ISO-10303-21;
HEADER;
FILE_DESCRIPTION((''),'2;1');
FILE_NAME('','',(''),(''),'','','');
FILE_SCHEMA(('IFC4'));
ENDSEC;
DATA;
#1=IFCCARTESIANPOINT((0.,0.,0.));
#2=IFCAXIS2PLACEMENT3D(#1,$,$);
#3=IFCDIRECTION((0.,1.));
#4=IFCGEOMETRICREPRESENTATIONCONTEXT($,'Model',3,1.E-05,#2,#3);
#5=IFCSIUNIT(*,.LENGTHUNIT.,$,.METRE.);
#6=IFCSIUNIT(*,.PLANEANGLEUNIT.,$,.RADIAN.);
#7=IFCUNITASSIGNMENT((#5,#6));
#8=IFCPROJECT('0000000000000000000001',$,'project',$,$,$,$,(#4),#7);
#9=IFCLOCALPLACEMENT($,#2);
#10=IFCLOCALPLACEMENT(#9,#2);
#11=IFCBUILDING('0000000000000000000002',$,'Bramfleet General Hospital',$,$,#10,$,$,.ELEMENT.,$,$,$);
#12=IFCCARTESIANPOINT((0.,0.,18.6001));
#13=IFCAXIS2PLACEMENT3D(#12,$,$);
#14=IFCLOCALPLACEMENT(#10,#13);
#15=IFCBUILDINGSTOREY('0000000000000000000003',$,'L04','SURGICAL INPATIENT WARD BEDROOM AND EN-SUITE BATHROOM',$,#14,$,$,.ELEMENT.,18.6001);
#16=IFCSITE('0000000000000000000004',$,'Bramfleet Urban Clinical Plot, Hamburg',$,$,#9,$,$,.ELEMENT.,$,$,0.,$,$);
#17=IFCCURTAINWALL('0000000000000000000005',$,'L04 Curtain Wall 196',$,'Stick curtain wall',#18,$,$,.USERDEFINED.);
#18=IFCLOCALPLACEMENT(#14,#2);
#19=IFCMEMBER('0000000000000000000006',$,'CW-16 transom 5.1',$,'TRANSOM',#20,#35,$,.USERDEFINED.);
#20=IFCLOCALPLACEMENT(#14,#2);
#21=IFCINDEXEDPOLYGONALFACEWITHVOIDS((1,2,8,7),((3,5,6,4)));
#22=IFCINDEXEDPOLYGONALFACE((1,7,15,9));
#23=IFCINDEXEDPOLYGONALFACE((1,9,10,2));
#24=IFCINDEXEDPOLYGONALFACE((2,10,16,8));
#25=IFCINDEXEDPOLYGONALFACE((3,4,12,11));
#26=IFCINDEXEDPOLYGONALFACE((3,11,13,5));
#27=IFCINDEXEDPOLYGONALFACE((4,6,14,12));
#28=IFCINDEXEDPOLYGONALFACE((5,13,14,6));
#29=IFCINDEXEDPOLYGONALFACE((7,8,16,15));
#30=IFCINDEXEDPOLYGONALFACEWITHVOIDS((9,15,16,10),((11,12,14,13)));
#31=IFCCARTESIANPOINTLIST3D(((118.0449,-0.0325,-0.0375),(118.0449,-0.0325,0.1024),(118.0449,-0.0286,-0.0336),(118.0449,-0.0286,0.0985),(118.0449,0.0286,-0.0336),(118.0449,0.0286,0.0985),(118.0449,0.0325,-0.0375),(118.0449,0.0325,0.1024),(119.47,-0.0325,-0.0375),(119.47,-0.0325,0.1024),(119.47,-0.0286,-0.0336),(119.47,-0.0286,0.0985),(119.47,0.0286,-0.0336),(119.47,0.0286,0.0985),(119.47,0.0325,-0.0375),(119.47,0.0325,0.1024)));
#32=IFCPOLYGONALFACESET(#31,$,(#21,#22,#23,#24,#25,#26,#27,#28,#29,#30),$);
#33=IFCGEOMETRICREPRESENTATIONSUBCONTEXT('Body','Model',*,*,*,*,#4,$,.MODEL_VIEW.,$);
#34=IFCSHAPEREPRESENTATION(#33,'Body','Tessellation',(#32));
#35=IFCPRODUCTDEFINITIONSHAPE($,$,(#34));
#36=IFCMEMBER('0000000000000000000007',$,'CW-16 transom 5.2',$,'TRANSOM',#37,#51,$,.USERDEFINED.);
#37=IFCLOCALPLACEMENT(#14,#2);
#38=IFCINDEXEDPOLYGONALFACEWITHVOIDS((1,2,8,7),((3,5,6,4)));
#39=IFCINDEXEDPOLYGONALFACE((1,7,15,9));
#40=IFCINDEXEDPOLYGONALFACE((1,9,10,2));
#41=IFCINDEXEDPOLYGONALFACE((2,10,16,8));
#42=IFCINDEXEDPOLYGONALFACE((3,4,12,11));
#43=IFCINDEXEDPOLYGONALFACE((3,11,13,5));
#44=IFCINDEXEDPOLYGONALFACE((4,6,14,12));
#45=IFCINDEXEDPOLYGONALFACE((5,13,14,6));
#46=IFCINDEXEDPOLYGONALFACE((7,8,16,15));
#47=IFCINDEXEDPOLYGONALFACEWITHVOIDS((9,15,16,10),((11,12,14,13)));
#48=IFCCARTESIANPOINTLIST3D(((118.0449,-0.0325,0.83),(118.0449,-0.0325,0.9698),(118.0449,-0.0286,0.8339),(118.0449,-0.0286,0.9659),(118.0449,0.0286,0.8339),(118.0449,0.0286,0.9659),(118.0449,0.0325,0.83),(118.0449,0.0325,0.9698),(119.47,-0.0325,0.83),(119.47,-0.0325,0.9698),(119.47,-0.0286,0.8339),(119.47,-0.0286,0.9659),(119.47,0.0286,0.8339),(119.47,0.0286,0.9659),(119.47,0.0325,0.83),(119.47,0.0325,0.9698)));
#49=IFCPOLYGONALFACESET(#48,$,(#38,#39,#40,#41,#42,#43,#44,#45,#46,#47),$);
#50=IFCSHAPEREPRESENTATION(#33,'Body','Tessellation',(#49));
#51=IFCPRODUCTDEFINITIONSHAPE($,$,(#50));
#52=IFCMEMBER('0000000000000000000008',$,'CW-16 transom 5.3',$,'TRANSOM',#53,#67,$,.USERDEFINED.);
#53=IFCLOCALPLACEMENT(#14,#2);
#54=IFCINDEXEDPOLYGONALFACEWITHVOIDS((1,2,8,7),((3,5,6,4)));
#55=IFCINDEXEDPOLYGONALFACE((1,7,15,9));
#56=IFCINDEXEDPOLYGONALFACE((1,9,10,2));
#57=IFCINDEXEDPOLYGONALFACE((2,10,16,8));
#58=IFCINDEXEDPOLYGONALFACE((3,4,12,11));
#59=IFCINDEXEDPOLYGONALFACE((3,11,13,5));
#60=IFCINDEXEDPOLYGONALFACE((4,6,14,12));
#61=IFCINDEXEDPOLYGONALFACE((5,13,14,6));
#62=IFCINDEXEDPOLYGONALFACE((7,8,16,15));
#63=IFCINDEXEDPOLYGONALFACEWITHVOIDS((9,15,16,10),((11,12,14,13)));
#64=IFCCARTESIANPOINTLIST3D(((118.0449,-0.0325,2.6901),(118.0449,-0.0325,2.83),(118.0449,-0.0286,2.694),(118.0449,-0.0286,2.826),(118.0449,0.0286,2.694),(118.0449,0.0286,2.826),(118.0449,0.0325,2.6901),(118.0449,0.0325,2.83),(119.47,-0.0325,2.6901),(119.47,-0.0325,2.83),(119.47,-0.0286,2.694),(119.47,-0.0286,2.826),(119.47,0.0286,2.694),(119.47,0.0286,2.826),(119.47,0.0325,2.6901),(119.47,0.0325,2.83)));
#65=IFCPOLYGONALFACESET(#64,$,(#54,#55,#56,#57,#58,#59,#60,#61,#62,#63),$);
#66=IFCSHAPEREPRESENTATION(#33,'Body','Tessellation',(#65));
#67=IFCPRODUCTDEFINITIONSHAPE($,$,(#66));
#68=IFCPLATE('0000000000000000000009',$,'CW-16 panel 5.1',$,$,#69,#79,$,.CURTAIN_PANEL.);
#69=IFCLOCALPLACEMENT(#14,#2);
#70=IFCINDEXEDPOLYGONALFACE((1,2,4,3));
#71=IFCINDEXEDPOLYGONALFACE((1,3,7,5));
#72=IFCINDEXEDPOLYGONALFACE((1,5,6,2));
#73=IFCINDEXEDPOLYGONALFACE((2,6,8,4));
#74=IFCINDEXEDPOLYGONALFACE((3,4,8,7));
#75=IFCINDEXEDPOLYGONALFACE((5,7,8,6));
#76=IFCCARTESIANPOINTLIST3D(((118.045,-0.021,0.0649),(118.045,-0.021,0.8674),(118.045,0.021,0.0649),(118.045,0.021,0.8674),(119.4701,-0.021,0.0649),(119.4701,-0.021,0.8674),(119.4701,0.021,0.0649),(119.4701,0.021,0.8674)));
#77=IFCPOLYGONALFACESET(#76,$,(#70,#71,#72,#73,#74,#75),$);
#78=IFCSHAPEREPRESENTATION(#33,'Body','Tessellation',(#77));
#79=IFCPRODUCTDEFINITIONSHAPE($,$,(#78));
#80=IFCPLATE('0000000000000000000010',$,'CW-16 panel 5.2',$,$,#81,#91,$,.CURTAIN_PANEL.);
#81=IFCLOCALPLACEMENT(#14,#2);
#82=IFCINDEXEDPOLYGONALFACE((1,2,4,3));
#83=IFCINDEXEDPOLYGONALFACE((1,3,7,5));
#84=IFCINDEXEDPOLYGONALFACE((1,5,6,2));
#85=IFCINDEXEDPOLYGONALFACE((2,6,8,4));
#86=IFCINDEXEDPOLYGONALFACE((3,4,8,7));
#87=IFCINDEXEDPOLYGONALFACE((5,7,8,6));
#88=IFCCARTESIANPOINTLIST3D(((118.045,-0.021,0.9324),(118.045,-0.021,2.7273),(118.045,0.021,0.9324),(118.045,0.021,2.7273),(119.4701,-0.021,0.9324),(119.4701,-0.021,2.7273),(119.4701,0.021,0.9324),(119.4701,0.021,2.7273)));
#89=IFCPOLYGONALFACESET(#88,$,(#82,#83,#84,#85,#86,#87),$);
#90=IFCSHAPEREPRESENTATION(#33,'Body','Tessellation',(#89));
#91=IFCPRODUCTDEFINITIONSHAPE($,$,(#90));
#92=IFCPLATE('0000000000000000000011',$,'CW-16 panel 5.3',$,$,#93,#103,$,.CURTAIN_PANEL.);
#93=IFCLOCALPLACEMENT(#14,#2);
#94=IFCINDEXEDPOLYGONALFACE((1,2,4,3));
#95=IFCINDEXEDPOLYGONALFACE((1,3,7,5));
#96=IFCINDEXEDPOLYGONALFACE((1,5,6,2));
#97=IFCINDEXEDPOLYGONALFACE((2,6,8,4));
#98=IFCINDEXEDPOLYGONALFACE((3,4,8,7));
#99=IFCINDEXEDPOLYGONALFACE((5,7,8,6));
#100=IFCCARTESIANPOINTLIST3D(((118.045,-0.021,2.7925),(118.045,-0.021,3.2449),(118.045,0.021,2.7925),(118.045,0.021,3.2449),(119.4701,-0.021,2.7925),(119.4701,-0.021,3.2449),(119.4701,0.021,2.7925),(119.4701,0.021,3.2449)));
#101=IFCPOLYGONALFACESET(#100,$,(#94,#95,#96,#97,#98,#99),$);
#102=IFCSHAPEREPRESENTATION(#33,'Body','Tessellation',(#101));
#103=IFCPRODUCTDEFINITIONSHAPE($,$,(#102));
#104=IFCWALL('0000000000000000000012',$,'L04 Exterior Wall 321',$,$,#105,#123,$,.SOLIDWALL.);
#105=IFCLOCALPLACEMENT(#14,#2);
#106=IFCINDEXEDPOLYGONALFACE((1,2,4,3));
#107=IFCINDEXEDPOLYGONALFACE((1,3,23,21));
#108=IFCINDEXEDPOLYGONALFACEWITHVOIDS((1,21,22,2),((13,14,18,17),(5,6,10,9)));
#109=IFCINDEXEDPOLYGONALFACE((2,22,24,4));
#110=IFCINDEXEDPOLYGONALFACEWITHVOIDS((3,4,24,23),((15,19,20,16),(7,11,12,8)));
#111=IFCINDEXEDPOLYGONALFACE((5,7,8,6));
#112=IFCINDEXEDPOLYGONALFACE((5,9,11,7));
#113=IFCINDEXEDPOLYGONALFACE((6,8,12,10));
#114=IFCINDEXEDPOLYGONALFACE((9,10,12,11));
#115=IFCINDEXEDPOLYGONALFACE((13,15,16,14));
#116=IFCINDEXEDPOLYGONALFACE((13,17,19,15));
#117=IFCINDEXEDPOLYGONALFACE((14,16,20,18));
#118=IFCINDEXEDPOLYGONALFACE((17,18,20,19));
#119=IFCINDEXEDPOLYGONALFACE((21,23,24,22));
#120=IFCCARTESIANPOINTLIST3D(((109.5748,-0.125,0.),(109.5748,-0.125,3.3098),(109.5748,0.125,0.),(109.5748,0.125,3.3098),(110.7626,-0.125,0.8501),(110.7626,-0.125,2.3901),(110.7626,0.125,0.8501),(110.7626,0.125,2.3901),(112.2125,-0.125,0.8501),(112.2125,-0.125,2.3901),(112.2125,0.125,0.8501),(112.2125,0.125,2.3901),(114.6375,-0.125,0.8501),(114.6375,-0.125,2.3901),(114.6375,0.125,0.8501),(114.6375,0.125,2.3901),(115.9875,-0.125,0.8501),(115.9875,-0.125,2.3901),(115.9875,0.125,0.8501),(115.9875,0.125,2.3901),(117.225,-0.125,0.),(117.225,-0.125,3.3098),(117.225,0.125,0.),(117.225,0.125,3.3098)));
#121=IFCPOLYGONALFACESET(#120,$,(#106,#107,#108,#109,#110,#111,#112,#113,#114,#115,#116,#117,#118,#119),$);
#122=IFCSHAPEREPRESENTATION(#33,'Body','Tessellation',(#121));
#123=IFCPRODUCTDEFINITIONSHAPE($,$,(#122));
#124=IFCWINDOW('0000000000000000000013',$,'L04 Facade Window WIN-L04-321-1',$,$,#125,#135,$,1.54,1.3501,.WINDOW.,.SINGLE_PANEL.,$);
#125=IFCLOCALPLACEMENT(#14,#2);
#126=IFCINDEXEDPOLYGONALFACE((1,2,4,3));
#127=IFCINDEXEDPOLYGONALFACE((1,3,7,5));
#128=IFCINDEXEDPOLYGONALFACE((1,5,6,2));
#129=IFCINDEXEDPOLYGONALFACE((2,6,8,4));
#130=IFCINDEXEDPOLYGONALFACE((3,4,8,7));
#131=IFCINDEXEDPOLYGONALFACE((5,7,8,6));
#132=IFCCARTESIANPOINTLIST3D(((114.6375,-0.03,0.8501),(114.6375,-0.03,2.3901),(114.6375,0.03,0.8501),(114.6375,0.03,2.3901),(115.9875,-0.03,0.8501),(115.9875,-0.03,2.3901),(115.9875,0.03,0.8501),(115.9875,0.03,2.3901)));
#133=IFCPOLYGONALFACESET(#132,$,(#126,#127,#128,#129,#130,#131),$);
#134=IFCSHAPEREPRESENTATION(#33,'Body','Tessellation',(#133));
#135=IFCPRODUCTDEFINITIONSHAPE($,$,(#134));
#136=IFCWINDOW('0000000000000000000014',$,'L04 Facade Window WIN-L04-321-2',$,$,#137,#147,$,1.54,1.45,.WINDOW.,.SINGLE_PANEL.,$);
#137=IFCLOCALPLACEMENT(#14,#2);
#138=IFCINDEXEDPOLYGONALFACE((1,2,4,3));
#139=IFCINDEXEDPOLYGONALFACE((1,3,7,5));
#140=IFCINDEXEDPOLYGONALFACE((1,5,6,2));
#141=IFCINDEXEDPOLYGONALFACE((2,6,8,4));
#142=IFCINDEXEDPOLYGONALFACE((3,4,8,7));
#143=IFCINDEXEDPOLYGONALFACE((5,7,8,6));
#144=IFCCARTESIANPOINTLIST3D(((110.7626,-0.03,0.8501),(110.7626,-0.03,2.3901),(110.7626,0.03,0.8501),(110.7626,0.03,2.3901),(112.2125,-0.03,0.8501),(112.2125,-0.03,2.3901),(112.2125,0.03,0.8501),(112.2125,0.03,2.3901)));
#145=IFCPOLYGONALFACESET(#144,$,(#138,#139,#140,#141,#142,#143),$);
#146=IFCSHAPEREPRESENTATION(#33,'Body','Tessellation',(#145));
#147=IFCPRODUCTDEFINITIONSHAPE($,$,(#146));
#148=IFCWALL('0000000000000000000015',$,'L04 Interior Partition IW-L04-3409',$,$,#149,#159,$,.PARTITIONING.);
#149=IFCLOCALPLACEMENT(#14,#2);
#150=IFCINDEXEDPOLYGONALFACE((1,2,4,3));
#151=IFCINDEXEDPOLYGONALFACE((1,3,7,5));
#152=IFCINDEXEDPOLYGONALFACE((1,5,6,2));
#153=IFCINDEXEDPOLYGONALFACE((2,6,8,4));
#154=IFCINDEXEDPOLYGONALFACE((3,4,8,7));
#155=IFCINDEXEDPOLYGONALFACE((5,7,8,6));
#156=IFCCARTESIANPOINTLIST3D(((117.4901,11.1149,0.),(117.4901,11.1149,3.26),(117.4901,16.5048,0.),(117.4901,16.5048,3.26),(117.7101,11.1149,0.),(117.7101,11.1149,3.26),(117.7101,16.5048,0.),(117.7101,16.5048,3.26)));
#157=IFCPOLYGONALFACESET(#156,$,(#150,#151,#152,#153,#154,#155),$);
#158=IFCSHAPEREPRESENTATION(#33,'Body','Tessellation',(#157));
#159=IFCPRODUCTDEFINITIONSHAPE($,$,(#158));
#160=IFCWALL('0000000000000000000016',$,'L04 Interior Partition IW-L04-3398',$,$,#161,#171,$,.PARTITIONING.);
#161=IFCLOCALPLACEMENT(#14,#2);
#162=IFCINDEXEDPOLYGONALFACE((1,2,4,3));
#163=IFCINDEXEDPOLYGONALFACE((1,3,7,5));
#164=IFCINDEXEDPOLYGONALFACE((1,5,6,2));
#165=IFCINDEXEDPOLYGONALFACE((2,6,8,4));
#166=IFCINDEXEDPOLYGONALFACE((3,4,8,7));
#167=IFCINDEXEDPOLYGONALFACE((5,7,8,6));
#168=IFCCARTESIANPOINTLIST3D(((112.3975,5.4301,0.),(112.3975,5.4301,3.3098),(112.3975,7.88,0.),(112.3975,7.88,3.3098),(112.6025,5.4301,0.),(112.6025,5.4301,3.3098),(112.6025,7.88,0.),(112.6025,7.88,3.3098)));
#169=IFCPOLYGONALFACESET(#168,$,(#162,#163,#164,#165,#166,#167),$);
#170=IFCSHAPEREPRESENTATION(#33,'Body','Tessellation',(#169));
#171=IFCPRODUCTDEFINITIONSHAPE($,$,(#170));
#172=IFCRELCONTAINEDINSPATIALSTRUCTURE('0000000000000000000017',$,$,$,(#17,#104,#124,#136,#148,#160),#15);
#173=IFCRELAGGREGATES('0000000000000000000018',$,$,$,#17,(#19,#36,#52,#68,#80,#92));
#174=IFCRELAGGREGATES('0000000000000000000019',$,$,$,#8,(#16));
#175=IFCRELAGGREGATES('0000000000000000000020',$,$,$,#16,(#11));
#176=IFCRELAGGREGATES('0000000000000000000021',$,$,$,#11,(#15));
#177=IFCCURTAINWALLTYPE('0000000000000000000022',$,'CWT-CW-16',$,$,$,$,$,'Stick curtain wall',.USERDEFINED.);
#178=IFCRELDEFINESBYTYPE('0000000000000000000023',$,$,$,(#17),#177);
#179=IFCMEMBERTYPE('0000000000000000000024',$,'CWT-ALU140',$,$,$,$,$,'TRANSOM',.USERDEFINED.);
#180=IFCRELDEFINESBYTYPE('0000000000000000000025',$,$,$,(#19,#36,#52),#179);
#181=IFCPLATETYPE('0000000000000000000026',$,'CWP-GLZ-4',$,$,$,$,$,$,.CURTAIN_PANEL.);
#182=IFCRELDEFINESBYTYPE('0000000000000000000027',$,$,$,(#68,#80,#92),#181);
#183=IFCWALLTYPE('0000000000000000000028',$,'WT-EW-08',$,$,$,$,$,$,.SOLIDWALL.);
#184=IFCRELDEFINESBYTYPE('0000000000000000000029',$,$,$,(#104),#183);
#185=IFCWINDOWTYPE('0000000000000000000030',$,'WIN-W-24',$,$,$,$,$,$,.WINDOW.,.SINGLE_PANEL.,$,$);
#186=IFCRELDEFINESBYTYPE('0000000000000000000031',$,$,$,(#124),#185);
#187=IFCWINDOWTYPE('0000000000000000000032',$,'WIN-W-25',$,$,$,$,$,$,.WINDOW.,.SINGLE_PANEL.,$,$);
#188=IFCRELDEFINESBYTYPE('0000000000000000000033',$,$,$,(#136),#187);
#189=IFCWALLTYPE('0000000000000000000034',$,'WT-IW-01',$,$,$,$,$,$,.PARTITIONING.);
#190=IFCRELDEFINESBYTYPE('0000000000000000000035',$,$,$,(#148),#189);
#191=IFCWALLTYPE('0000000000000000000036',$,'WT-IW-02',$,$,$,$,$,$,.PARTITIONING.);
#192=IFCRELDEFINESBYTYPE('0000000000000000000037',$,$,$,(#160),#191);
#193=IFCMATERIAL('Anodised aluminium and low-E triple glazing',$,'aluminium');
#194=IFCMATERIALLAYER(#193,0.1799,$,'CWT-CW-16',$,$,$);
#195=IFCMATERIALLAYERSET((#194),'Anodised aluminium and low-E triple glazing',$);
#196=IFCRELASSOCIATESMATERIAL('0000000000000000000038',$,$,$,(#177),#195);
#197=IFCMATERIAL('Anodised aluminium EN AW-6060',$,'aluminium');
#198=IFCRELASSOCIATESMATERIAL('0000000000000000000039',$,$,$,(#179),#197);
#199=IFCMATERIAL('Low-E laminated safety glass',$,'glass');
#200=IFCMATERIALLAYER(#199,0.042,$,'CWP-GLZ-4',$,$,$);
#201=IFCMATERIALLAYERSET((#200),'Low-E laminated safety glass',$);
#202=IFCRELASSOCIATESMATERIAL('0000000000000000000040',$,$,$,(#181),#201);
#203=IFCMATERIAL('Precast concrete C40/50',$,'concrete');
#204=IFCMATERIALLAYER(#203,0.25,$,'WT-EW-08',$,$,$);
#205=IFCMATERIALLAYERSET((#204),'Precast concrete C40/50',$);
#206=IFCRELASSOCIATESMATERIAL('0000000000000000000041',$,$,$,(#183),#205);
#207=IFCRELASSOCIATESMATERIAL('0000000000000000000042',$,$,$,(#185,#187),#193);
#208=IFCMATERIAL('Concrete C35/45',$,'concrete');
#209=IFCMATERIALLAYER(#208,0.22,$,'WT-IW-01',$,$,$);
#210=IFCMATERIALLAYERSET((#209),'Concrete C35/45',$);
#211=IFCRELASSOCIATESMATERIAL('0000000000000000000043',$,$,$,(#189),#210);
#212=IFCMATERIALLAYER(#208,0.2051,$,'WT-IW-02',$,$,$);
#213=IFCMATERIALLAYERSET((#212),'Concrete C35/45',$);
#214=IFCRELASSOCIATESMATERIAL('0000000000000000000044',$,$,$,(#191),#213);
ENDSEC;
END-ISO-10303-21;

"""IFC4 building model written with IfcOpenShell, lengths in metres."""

from ifc_helpers import new_model, si_unit, direction, frame, frame_2d, origin, origin_2d, place, context, subcontext, project, spatial, rectangle, hollow_rectangle, extrude, material, layer, layer_set, material_profile, profile_set, type_object, element, fill, aggregate, save


model = new_model("IFC4")

# Units and contexts
model_context = context("Model", 3, precision=1e-05, world=origin(), true_north=direction((0.0, 1.0)))
body_context = subcontext(model_context, "Body", "Model", "MODEL_VIEW")
ifc_project = project(units=[si_unit("LENGTHUNIT", "METRE"), si_unit("PLANEANGLEUNIT", "RADIAN")], contexts=[model_context])

# Site, building, storey
site_placement = place(None, origin())
site = spatial("IfcSite", under=ifc_project, at=site_placement, Name="Bramfleet Urban Clinical Plot, Hamburg", CompositionType="ELEMENT", RefElevation=0.0)
building_placement = place(site_placement, origin())
building = spatial("IfcBuilding", under=site, at=building_placement, Name="Bramfleet General Hospital", CompositionType="ELEMENT")
storey_placement = place(building_placement, frame((0.0, 0.0, 18.6001)))
storey = spatial("IfcBuildingStorey", under=building, at=storey_placement, Name="L04", Description="SURGICAL INPATIENT WARD BEDROOM AND EN-SUITE BATHROOM", CompositionType="ELEMENT", Elevation=18.6001)

# Curtain wall, members, plates
ifc_material_1 = material(Name="Anodised aluminium and low-E triple glazing", Category="aluminium")
ifc_layer_1 = layer(ifc_material_1, 0.1799, Name="CWT-CW-16")
ifc_layer_set_1 = layer_set([ifc_layer_1], Name="Anodised aluminium and low-E triple glazing")
curtain_wall_type = type_object("IfcCurtainWallType", Name="CWT-CW-16", ElementType="Stick curtain wall", PredefinedType="USERDEFINED", material=ifc_layer_set_1)
curtain_wall_placement = place(storey_placement, origin())
curtain_wall = element("IfcCurtainWall", 1, at=curtain_wall_placement, inside=storey, type_object=curtain_wall_type, Name="L04 Curtain Wall 196", ObjectType="Stick curtain wall", PredefinedType="USERDEFINED")
ifc_material_2 = material(Name="Anodised aluminium EN AW-6060", Category="aluminium")
ifc_material_profile_1 = material_profile(ifc_material_2, hollow_rectangle(XDim=0.0649, YDim=0.1399, WallThickness=0.0039, at=origin_2d()), Name="ALU 140x65x4.0")
ifc_profile_set_1 = profile_set([ifc_material_profile_1], Name="Anodised aluminium EN AW-6060")
member_type_1 = type_object("IfcMemberType", Name="CWT-ALU140", ElementType="TRANSOM", PredefinedType="USERDEFINED", material=ifc_profile_set_1)
member_1_placement = place(storey_placement, frame((119.47, 0.0, 0.0325), z_axis=(-1.0, 0.0, 0.0), x_axis=(0.0, -1.0, 0.0)))
member_1 = element("IfcMember", 2, at=member_1_placement, type_object=member_type_1, Name="CW-16 transom 5.1", ObjectType="TRANSOM", PredefinedType="USERDEFINED", context=body_context, shape_type="SweptSolid", body=[
    extrude(hollow_rectangle(XDim=0.0649, YDim=0.1399, WallThickness=0.0039, at=origin_2d()), origin(), (0.0, 0.0, 1.0), 1.425),
])
member_2_placement = place(storey_placement, frame((119.47, 0.0, 0.8999), z_axis=(-1.0, 0.0, 0.0), x_axis=(0.0, -1.0, 0.0)))
member_2 = element("IfcMember", 3, at=member_2_placement, type_object=member_type_1, Name="CW-16 transom 5.2", ObjectType="TRANSOM", PredefinedType="USERDEFINED", context=body_context, shape_type="SweptSolid", body=[
    extrude(hollow_rectangle(XDim=0.0649, YDim=0.1399, WallThickness=0.0039, at=origin_2d()), origin(), (0.0, 0.0, 1.0), 1.425),
])
member_3_placement = place(storey_placement, frame((119.47, 0.0, 2.76), z_axis=(-1.0, 0.0, 0.0), x_axis=(0.0, -1.0, 0.0)))
member_3 = element("IfcMember", 4, at=member_3_placement, type_object=member_type_1, Name="CW-16 transom 5.3", ObjectType="TRANSOM", PredefinedType="USERDEFINED", context=body_context, shape_type="SweptSolid", body=[
    extrude(hollow_rectangle(XDim=0.0649, YDim=0.1399, WallThickness=0.0039, at=origin_2d()), origin(), (0.0, 0.0, 1.0), 1.425),
])
ifc_material_3 = material(Name="Low-E laminated safety glass", Category="glass")
ifc_layer_2 = layer(ifc_material_3, 0.042, Name="CWP-GLZ-4")
ifc_layer_set_2 = layer_set([ifc_layer_2], Name="Low-E laminated safety glass")
plate_type = type_object("IfcPlateType", Name="CWP-GLZ-4", PredefinedType="CURTAIN_PANEL", material=ifc_layer_set_2)
plate_1_placement = place(storey_placement, frame((118.7576, 0.0, 0.0649), z_axis=(0.0, 0.0, 1.0), x_axis=(-1.0, 0.0, 0.0)))
plate_1 = element("IfcPlate", 5, at=plate_1_placement, type_object=plate_type, Name="CW-16 panel 5.1", PredefinedType="CURTAIN_PANEL", context=body_context, shape_type="SweptSolid", body=[
    extrude(rectangle(XDim=1.425, YDim=0.042, at=origin_2d()), origin(), (0.0, 0.0, 1.0), 0.8025),
])
plate_2_placement = place(storey_placement, frame((118.7576, 0.0, 0.9324), z_axis=(0.0, 0.0, 1.0), x_axis=(-1.0, 0.0, 0.0)))
plate_2 = element("IfcPlate", 6, at=plate_2_placement, type_object=plate_type, Name="CW-16 panel 5.2", PredefinedType="CURTAIN_PANEL", context=body_context, shape_type="SweptSolid", body=[
    extrude(rectangle(XDim=1.425, YDim=0.042, at=origin_2d()), origin(), (0.0, 0.0, 1.0), 1.7949),
])
plate_3_placement = place(storey_placement, frame((118.7576, 0.0, 2.7925), z_axis=(0.0, 0.0, 1.0), x_axis=(-1.0, 0.0, 0.0)))
plate_3 = element("IfcPlate", 7, at=plate_3_placement, type_object=plate_type, Name="CW-16 panel 5.3", PredefinedType="CURTAIN_PANEL", context=body_context, shape_type="SweptSolid", body=[
    extrude(rectangle(XDim=1.425, YDim=0.042, at=origin_2d()), origin(), (0.0, 0.0, 1.0), 0.4524),
])
aggregate(curtain_wall, [member_1, member_2, member_3, plate_1, plate_2, plate_3])

# Wall, openings, windows
ifc_material_4 = material(Name="Precast concrete C40/50", Category="concrete")
ifc_layer_3 = layer(ifc_material_4, 0.25, Name="WT-EW-08")
ifc_layer_set_3 = layer_set([ifc_layer_3], Name="Precast concrete C40/50")
wall_type_1 = type_object("IfcWallType", Name="WT-EW-08", PredefinedType="SOLIDWALL", material=ifc_layer_set_3)
wall_1_placement = place(storey_placement, frame((117.2251, 0.0, 0.0), z_axis=(0.0, 0.0, 1.0), x_axis=(-1.0, 0.0, 0.0)))
wall_1 = element("IfcWall", 8, at=wall_1_placement, inside=storey, type_object=wall_type_1, Name="L04 Exterior Wall 321", PredefinedType="SOLIDWALL", context=body_context, shape_type="SweptSolid", body=[
    extrude(rectangle(XDim=7.6501, YDim=0.25, at=frame_2d((3.8252, 0.0))), origin(), (0.0, 0.0, 1.0), 3.3098),
])
opening_1_placement = place(wall_1_placement, frame((1.2375, 0.0, 0.8501)))
opening_1 = element("IfcOpeningElement", 9, at=opening_1_placement, cuts=wall_1, PredefinedType="OPENING", context=body_context, shape_type="SweptSolid", body=[
    extrude(rectangle(XDim=1.3501, YDim=1.54, at=frame_2d((0.675, 0.77))), frame((0.0, 0.135, 0.0), z_axis=(0.0, -1.0, 0.0), x_axis=(1.0, 0.0, 0.0)), (0.0, 0.0, 1.0), 0.27),
])
opening_2_placement = place(wall_1_placement, frame((5.0125, 0.0, 0.8501)))
opening_2 = element("IfcOpeningElement", 10, at=opening_2_placement, cuts=wall_1, PredefinedType="OPENING", context=body_context, shape_type="SweptSolid", body=[
    extrude(rectangle(XDim=1.45, YDim=1.54, at=frame_2d((0.7251, 0.77))), frame((0.0, 0.135, 0.0), z_axis=(0.0, -1.0, 0.0), x_axis=(1.0, 0.0, 0.0)), (0.0, 0.0, 1.0), 0.27),
])
window_type_1 = type_object("IfcWindowType", Name="WIN-W-24", PartitioningType="SINGLE_PANEL", PredefinedType="WINDOW", material=ifc_material_1)
window_1_placement = place(opening_1_placement, origin())
window_1 = element("IfcWindow", 11, at=window_1_placement, inside=storey, type_object=window_type_1, Name="L04 Facade Window WIN-L04-321-1", OverallHeight=1.54, OverallWidth=1.3501, PartitioningType="SINGLE_PANEL", PredefinedType="WINDOW", context=body_context, shape_type="SweptSolid", body=[
    extrude(rectangle(XDim=1.3501, YDim=1.54, at=frame_2d((0.675, 0.77))), frame((0.0, 0.03, 0.0), z_axis=(0.0, -1.0, 0.0), x_axis=(1.0, 0.0, 0.0)), (0.0, 0.0, 1.0), 0.0601),
])
fill(opening_1, window_1)
window_type_2 = type_object("IfcWindowType", Name="WIN-W-25", PartitioningType="SINGLE_PANEL", PredefinedType="WINDOW", material=ifc_material_1)
window_2_placement = place(opening_2_placement, origin())
window_2 = element("IfcWindow", 12, at=window_2_placement, inside=storey, type_object=window_type_2, Name="L04 Facade Window WIN-L04-321-2", OverallHeight=1.54, OverallWidth=1.45, PartitioningType="SINGLE_PANEL", PredefinedType="WINDOW", context=body_context, shape_type="SweptSolid", body=[
    extrude(rectangle(XDim=1.45, YDim=1.54, at=frame_2d((0.7251, 0.77))), frame((0.0, 0.03, 0.0), z_axis=(0.0, -1.0, 0.0), x_axis=(1.0, 0.0, 0.0)), (0.0, 0.0, 1.0), 0.0601),
])
fill(opening_2, window_2)

# Walls
ifc_material_5 = material(Name="Concrete C35/45", Category="concrete")
ifc_layer_4 = layer(ifc_material_5, 0.22, Name="WT-IW-01")
ifc_layer_set_4 = layer_set([ifc_layer_4], Name="Concrete C35/45")
wall_type_2 = type_object("IfcWallType", Name="WT-IW-01", PredefinedType="PARTITIONING", material=ifc_layer_set_4)
wall_2_placement = place(storey_placement, frame((117.6001, 11.115, 0.0), z_axis=(0.0, 0.0, 1.0), x_axis=(0.0, 1.0, 0.0)))
element("IfcWall", 13, at=wall_2_placement, inside=storey, type_object=wall_type_2, Name="L04 Interior Partition IW-L04-3409", PredefinedType="PARTITIONING", context=body_context, shape_type="SweptSolid", body=[
    extrude(rectangle(XDim=5.3899, YDim=0.22, at=frame_2d((2.6948, 0.0))), origin(), (0.0, 0.0, 1.0), 3.26),
])
ifc_layer_5 = layer(ifc_material_5, 0.2051, Name="WT-IW-02")
ifc_layer_set_5 = layer_set([ifc_layer_5], Name="Concrete C35/45")
wall_type_3 = type_object("IfcWallType", Name="WT-IW-02", PredefinedType="PARTITIONING", material=ifc_layer_set_5)
wall_3_placement = place(storey_placement, frame((112.5, 5.4299, 0.0), z_axis=(0.0, 0.0, 1.0), x_axis=(0.0, 1.0, 0.0)))
element("IfcWall", 14, at=wall_3_placement, inside=storey, type_object=wall_type_3, Name="L04 Interior Partition IW-L04-3398", PredefinedType="PARTITIONING", context=body_context, shape_type="SweptSolid", body=[
    extrude(rectangle(XDim=2.45, YDim=0.2051, at=frame_2d((1.2251, 0.0))), origin(), (0.0, 0.0, 1.0), 3.3098),
])

save(model, "model.ifc")
